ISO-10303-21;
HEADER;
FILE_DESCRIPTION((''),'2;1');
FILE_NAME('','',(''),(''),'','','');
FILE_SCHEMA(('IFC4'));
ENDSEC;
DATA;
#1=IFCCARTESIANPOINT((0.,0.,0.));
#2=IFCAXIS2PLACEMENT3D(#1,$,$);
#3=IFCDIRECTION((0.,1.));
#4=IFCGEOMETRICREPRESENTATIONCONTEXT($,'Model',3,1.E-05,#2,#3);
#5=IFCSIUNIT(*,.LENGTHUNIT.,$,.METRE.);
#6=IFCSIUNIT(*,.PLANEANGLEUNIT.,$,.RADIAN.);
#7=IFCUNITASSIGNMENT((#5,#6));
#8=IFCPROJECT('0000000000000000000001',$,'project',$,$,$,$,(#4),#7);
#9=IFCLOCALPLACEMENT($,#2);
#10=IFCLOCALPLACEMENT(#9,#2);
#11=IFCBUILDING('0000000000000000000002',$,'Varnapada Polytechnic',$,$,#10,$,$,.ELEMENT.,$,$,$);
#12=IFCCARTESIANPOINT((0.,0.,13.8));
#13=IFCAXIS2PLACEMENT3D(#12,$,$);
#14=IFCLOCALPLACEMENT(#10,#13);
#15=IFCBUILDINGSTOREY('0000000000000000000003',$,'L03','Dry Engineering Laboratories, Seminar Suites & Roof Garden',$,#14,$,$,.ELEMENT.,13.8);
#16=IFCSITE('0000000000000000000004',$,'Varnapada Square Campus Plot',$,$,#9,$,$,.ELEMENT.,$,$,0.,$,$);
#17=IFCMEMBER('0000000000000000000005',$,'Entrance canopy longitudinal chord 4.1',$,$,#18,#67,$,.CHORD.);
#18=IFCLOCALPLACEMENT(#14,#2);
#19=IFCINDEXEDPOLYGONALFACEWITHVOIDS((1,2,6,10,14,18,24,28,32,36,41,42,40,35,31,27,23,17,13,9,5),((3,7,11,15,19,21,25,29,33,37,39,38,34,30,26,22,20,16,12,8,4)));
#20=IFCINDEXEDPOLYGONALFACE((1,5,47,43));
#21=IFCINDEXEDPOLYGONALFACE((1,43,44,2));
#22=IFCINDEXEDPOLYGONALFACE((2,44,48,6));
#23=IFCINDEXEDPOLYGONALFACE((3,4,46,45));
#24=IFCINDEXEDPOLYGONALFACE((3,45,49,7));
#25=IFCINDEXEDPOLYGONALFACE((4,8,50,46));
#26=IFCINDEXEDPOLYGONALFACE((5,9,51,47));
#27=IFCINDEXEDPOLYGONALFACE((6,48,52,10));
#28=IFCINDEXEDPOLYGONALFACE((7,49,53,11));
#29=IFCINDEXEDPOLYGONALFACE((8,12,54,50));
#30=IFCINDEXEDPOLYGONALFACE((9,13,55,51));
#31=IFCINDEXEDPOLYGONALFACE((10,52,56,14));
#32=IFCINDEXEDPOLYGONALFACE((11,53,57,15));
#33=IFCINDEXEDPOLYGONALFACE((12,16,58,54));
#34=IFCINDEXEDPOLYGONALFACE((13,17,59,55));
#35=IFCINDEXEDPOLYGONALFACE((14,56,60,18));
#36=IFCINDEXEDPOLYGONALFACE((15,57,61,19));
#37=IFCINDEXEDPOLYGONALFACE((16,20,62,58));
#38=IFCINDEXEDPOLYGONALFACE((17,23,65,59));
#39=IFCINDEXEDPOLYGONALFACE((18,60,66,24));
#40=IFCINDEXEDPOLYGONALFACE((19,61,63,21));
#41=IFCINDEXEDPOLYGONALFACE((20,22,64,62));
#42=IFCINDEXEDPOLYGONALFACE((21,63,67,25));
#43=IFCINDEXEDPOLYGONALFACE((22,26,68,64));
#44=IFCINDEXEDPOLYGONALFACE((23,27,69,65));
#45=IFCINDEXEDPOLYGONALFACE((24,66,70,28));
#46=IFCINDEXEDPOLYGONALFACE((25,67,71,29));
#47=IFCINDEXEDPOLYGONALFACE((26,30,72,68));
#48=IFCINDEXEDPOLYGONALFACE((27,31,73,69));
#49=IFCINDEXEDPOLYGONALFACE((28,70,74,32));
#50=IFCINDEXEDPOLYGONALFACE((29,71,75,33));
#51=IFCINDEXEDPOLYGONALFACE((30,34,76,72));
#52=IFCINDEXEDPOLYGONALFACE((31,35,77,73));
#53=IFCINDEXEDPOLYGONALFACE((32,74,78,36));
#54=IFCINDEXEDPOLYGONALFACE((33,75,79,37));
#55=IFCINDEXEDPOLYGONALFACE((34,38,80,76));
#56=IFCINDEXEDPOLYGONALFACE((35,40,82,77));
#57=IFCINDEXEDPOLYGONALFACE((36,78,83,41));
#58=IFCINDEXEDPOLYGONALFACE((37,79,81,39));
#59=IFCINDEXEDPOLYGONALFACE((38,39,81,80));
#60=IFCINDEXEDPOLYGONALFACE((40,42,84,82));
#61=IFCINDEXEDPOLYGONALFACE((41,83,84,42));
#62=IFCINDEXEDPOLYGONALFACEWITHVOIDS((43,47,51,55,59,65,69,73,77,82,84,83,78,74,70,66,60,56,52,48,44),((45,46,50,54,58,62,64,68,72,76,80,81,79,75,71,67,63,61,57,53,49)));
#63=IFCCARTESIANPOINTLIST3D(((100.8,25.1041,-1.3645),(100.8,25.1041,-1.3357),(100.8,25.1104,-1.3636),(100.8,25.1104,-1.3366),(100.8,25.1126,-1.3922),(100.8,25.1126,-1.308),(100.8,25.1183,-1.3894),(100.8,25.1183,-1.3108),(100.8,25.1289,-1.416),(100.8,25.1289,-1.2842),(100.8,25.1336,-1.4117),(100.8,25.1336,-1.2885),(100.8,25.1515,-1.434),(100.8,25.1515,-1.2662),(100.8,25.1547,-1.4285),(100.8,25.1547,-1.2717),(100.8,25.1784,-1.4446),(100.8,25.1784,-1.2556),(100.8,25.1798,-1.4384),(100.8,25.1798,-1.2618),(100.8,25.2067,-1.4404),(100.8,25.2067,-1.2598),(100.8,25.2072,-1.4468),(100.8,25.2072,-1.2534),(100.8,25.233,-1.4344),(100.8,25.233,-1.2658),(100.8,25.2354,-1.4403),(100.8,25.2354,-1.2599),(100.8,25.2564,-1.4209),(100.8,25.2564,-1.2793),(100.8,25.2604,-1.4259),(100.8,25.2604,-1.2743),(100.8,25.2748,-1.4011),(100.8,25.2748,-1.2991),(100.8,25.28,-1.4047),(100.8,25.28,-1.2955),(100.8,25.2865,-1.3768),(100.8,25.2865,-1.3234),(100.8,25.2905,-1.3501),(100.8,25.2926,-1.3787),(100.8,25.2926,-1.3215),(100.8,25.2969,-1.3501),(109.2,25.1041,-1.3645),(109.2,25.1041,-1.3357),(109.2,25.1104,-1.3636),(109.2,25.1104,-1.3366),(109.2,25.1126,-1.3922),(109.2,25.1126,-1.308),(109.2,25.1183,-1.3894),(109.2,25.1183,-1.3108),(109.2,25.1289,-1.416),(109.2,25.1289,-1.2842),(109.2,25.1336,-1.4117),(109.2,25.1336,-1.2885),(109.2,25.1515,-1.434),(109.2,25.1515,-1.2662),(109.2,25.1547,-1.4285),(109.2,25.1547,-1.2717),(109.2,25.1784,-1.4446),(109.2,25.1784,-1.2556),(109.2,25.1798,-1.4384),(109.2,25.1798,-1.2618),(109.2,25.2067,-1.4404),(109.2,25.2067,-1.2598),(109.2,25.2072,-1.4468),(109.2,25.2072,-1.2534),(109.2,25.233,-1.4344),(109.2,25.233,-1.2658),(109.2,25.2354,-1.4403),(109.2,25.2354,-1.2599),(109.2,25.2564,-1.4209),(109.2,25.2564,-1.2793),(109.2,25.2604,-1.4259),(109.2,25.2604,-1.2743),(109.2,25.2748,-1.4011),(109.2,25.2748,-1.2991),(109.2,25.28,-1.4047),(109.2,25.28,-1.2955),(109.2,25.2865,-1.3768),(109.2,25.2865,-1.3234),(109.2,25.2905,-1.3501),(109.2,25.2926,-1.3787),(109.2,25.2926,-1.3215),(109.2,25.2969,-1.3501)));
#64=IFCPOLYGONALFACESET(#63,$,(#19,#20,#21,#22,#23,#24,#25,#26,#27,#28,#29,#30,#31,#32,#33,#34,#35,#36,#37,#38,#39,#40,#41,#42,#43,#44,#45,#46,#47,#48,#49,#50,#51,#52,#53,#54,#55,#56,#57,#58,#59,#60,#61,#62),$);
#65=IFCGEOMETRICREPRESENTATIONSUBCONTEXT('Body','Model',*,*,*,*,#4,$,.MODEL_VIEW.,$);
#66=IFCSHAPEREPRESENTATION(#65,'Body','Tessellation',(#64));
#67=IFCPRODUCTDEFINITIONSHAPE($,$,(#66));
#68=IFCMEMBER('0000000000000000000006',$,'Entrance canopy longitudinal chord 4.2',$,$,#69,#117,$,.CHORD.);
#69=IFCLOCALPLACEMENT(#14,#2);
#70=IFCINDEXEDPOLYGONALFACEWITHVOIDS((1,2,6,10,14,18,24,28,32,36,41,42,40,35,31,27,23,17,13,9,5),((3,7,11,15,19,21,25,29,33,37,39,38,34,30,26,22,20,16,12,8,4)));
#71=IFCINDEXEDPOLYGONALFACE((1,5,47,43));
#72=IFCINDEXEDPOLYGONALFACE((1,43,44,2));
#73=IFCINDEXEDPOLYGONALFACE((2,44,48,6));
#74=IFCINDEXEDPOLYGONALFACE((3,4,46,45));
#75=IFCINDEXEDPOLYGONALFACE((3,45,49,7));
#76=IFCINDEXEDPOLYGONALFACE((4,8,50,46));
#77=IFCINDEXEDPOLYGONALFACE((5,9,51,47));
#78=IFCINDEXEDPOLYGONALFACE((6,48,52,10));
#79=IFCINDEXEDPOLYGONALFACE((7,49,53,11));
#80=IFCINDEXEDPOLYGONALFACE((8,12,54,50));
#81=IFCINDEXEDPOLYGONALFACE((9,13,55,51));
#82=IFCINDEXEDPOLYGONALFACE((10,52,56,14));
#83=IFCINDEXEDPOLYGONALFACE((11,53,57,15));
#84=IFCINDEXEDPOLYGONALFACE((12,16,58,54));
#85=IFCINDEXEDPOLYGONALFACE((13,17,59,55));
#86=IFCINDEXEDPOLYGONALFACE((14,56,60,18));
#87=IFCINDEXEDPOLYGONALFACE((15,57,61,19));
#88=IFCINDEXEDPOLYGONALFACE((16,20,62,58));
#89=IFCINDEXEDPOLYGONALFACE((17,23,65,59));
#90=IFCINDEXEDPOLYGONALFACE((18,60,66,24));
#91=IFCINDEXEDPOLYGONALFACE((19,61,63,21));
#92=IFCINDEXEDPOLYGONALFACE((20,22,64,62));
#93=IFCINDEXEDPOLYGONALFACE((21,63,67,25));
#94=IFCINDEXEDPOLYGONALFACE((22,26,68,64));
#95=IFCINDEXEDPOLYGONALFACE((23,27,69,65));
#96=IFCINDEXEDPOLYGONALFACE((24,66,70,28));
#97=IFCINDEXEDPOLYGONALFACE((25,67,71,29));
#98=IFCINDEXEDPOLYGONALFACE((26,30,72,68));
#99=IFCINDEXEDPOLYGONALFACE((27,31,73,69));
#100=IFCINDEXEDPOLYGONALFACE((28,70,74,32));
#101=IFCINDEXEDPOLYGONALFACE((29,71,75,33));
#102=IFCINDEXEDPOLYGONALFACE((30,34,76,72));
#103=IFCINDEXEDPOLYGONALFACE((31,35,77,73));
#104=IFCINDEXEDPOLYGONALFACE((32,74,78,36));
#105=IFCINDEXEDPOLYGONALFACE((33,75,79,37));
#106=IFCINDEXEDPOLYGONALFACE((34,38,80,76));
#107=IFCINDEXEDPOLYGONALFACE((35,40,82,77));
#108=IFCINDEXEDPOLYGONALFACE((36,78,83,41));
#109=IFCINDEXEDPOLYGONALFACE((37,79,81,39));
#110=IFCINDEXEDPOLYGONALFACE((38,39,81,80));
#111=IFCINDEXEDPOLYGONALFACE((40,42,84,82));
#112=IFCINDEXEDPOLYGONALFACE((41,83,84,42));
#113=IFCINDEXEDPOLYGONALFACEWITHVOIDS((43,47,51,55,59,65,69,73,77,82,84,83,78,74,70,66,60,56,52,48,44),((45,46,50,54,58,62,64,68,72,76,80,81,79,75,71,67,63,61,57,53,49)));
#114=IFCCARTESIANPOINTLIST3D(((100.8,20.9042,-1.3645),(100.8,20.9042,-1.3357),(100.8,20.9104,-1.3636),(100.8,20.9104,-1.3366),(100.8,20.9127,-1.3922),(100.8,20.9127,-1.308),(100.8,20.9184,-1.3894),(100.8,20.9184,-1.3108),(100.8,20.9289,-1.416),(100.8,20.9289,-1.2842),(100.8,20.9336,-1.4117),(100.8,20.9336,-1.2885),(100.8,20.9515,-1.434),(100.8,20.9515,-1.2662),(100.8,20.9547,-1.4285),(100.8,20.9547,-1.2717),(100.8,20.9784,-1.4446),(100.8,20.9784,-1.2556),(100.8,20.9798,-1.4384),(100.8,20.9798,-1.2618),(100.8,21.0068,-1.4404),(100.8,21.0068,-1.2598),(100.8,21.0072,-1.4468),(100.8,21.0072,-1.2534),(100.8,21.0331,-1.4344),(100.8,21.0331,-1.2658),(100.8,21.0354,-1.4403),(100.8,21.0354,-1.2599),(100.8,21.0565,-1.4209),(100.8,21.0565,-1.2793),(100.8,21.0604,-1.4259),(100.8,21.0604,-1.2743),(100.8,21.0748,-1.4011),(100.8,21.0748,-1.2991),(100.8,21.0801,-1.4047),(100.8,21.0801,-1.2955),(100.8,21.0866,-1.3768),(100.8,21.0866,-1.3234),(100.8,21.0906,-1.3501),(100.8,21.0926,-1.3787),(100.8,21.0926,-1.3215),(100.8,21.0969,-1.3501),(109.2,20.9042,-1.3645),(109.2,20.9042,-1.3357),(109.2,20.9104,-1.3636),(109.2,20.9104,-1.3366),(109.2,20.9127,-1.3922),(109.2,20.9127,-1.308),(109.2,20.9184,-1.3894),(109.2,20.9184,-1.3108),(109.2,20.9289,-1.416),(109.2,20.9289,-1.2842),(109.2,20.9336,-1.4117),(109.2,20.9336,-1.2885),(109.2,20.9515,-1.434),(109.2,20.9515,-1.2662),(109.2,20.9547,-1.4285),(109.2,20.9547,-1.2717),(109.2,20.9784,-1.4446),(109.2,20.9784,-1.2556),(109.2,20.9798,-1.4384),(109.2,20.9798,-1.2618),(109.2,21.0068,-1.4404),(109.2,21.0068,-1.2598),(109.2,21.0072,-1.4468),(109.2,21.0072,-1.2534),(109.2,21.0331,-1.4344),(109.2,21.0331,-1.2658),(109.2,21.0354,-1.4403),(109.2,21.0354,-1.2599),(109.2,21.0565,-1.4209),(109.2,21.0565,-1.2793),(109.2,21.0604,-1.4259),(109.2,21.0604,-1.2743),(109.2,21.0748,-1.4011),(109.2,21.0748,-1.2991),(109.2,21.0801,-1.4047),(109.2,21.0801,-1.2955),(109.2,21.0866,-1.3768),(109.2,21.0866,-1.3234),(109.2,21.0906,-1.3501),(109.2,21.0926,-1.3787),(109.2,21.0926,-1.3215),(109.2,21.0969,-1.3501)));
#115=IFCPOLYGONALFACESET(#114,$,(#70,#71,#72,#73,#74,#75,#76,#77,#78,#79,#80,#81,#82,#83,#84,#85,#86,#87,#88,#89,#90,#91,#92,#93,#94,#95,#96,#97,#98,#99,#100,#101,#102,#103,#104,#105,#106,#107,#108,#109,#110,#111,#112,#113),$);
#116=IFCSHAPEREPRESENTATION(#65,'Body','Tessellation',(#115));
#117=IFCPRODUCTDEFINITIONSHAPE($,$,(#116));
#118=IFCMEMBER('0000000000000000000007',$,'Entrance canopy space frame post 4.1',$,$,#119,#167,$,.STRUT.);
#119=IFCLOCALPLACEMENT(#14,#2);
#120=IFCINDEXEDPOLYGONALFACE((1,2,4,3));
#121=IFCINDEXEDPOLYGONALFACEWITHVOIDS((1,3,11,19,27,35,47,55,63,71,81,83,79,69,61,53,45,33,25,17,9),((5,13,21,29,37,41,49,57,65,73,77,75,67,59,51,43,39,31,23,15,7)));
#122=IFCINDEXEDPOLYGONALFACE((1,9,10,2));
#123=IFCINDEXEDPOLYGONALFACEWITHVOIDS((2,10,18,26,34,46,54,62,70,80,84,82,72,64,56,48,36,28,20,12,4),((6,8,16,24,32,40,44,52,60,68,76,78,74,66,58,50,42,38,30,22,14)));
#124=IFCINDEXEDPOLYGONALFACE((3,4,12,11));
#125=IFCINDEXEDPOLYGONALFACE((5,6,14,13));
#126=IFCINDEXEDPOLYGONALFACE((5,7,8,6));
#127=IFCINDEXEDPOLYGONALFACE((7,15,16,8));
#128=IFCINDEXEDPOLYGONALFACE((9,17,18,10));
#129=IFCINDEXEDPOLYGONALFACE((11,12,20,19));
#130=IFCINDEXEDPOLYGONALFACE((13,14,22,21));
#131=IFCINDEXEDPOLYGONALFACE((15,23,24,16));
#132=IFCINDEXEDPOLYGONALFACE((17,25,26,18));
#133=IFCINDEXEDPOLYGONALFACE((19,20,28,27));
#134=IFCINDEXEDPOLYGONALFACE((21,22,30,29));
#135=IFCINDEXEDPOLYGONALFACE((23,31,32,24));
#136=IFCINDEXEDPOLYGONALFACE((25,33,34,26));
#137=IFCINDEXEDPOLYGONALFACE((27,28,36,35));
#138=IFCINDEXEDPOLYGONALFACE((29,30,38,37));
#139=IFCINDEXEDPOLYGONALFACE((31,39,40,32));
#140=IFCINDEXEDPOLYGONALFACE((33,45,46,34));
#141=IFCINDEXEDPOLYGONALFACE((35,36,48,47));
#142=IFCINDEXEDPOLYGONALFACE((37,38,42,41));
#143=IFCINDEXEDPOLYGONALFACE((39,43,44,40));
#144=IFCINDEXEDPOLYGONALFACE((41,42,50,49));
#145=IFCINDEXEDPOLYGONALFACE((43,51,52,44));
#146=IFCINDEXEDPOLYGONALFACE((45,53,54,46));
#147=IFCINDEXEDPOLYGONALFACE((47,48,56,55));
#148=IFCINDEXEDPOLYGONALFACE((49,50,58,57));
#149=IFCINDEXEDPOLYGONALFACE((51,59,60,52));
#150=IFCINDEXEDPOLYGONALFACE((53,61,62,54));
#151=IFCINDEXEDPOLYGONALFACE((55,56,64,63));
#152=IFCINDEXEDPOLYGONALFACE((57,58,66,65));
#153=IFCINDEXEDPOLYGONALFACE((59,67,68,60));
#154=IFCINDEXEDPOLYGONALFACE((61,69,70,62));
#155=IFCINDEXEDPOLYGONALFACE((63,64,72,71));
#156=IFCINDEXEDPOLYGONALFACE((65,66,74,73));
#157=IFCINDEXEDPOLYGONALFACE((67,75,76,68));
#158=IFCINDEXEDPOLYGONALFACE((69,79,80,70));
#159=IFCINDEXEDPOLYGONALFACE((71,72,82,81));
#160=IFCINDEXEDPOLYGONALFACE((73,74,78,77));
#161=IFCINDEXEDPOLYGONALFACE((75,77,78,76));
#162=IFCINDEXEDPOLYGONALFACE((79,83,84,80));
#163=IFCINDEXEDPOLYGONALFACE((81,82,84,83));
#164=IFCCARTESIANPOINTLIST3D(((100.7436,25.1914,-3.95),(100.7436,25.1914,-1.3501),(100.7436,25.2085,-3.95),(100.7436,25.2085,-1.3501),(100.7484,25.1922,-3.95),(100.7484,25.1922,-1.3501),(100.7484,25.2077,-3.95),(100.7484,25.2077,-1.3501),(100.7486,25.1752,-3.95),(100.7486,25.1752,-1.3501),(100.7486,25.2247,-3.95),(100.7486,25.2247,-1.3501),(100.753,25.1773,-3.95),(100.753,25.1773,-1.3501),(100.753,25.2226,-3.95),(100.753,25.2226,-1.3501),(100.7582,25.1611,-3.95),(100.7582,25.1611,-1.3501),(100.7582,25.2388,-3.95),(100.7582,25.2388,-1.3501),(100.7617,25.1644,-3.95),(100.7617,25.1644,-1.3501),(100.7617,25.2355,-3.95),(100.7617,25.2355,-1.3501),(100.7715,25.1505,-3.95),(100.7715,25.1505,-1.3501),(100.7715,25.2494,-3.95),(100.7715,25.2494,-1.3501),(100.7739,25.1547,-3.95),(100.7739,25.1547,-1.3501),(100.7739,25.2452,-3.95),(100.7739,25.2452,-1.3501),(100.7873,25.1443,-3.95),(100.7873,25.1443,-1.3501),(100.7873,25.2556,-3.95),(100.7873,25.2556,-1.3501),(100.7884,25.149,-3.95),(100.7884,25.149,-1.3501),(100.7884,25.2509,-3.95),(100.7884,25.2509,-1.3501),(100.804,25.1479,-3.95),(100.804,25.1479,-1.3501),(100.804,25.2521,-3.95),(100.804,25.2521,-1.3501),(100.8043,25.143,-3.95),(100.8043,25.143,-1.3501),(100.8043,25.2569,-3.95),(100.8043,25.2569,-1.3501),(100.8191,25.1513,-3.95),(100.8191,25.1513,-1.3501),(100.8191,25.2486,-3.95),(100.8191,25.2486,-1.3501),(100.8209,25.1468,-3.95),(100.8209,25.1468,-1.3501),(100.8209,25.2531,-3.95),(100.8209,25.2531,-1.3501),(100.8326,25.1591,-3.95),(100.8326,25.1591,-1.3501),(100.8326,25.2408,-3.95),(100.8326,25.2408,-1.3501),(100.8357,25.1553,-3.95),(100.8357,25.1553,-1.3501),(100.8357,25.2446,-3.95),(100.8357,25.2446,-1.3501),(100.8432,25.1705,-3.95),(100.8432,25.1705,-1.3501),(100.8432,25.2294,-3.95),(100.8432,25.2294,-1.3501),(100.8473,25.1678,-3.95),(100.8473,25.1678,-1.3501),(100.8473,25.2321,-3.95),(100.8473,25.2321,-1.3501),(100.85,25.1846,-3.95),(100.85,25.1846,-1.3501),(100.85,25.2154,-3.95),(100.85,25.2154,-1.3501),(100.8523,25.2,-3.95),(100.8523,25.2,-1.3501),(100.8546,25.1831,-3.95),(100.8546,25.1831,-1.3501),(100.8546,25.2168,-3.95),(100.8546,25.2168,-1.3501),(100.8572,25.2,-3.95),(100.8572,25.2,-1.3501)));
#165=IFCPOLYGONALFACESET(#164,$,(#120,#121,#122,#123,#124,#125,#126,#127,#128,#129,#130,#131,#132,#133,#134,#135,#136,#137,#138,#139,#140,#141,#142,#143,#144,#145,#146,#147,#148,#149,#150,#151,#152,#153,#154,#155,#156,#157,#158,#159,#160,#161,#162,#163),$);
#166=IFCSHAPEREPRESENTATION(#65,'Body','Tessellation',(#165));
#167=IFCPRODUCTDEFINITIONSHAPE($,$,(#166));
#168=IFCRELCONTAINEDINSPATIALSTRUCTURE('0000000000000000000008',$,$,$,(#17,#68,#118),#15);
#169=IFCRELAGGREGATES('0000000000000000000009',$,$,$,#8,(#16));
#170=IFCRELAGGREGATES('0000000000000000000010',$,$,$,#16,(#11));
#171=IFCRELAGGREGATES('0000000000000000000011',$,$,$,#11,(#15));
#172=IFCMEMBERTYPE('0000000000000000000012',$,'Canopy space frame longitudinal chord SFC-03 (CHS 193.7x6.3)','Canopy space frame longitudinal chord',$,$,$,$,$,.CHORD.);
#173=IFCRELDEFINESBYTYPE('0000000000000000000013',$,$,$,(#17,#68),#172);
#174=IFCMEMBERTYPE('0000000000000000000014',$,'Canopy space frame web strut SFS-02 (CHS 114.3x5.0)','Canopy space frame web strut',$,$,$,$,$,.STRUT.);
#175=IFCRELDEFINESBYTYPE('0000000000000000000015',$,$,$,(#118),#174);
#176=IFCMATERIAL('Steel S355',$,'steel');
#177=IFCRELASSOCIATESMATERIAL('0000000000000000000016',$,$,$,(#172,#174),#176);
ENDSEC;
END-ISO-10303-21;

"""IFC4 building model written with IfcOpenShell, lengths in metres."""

from ifc_helpers import new_model, si_unit, direction, frame, origin, origin_2d, place, context, subcontext, project, spatial, hollow_circle, extrude, material, material_profile, profile_set, type_object, element, save


model = new_model("IFC4")

# Units and contexts
model_context = context("Model", 3, precision=1e-05, world=origin(), true_north=direction((0.0, 1.0)))
body_context = subcontext(model_context, "Body", "Model", "MODEL_VIEW")
ifc_project = project(units=[si_unit("LENGTHUNIT", "METRE"), si_unit("PLANEANGLEUNIT", "RADIAN")], contexts=[model_context])

# Site, building, storey
site_placement = place(None, origin())
site = spatial("IfcSite", under=ifc_project, at=site_placement, Name="Varnapada Square Campus Plot", CompositionType="ELEMENT", RefElevation=0.0)
building_placement = place(site_placement, origin())
building = spatial("IfcBuilding", under=site, at=building_placement, Name="Varnapada Polytechnic", CompositionType="ELEMENT")
storey_placement = place(building_placement, frame((0.0, 0.0, 13.8)))
storey = spatial("IfcBuildingStorey", under=building, at=storey_placement, Name="L03", Description="Dry Engineering Laboratories, Seminar Suites & Roof Garden", CompositionType="ELEMENT", Elevation=13.8)

# Members
ifc_material = material(Name="Steel S355", Category="steel")
ifc_material_profile_1 = material_profile(ifc_material, hollow_circle(Radius=0.0969, WallThickness=0.0063, at=origin_2d()), Name="CHS 193.7x6.3")
ifc_profile_set_1 = profile_set([ifc_material_profile_1], Name="Steel S355")
member_type_1 = type_object("IfcMemberType", Name="Canopy space frame longitudinal chord SFC-03 (CHS 193.7x6.3)", Description="Canopy space frame longitudinal chord", PredefinedType="CHORD", material=ifc_profile_set_1)
for number, where, z_axis, x_axis, name in (
    (1, (100.8, 25.2, -1.3501), (1.0, 0.0, 0.0), (0.0, 1.0, 0.0), "Entrance canopy longitudinal chord 4.1"),
    (2, (100.8, 21.0, -1.3501), (1.0, 0.0, 0.0), (0.0, 1.0, 0.0), "Entrance canopy longitudinal chord 4.2"),
):
    element("IfcMember", number, at=place(storey_placement, frame(where, z_axis=z_axis, x_axis=x_axis)), inside=storey, type_object=member_type_1, Name=name, PredefinedType="CHORD", context=body_context, shape_type="SweptSolid", body=[
        extrude(hollow_circle(Radius=0.0969, WallThickness=0.0063, at=origin_2d()), origin(), (0.0, 0.0, 1.0), 8.3999),
    ])
ifc_material_profile_2 = material_profile(ifc_material, hollow_circle(Radius=0.0571, WallThickness=0.0049, at=origin_2d()), Name="CHS 114.3x5.0")
ifc_profile_set_2 = profile_set([ifc_material_profile_2], Name="Steel S355")
member_type_2 = type_object("IfcMemberType", Name="Canopy space frame web strut SFS-02 (CHS 114.3x5.0)", Description="Canopy space frame web strut", PredefinedType="STRUT", material=ifc_profile_set_2)
for number, where, z_axis, x_axis, name in (
    (3, (100.8, 25.2, -3.95), (0.0, 0.0, 1.0), (1.0, 0.0, 0.0), "Entrance canopy space frame post 4.1"),
):
    element("IfcMember", number, at=place(storey_placement, frame(where, z_axis=z_axis, x_axis=x_axis)), inside=storey, type_object=member_type_2, Name=name, PredefinedType="STRUT", context=body_context, shape_type="SweptSolid", body=[
        extrude(hollow_circle(Radius=0.0571, WallThickness=0.0049, at=origin_2d()), origin(), (0.0, 0.0, 1.0), 2.5999),
    ])

save(model, "model.ifc")
